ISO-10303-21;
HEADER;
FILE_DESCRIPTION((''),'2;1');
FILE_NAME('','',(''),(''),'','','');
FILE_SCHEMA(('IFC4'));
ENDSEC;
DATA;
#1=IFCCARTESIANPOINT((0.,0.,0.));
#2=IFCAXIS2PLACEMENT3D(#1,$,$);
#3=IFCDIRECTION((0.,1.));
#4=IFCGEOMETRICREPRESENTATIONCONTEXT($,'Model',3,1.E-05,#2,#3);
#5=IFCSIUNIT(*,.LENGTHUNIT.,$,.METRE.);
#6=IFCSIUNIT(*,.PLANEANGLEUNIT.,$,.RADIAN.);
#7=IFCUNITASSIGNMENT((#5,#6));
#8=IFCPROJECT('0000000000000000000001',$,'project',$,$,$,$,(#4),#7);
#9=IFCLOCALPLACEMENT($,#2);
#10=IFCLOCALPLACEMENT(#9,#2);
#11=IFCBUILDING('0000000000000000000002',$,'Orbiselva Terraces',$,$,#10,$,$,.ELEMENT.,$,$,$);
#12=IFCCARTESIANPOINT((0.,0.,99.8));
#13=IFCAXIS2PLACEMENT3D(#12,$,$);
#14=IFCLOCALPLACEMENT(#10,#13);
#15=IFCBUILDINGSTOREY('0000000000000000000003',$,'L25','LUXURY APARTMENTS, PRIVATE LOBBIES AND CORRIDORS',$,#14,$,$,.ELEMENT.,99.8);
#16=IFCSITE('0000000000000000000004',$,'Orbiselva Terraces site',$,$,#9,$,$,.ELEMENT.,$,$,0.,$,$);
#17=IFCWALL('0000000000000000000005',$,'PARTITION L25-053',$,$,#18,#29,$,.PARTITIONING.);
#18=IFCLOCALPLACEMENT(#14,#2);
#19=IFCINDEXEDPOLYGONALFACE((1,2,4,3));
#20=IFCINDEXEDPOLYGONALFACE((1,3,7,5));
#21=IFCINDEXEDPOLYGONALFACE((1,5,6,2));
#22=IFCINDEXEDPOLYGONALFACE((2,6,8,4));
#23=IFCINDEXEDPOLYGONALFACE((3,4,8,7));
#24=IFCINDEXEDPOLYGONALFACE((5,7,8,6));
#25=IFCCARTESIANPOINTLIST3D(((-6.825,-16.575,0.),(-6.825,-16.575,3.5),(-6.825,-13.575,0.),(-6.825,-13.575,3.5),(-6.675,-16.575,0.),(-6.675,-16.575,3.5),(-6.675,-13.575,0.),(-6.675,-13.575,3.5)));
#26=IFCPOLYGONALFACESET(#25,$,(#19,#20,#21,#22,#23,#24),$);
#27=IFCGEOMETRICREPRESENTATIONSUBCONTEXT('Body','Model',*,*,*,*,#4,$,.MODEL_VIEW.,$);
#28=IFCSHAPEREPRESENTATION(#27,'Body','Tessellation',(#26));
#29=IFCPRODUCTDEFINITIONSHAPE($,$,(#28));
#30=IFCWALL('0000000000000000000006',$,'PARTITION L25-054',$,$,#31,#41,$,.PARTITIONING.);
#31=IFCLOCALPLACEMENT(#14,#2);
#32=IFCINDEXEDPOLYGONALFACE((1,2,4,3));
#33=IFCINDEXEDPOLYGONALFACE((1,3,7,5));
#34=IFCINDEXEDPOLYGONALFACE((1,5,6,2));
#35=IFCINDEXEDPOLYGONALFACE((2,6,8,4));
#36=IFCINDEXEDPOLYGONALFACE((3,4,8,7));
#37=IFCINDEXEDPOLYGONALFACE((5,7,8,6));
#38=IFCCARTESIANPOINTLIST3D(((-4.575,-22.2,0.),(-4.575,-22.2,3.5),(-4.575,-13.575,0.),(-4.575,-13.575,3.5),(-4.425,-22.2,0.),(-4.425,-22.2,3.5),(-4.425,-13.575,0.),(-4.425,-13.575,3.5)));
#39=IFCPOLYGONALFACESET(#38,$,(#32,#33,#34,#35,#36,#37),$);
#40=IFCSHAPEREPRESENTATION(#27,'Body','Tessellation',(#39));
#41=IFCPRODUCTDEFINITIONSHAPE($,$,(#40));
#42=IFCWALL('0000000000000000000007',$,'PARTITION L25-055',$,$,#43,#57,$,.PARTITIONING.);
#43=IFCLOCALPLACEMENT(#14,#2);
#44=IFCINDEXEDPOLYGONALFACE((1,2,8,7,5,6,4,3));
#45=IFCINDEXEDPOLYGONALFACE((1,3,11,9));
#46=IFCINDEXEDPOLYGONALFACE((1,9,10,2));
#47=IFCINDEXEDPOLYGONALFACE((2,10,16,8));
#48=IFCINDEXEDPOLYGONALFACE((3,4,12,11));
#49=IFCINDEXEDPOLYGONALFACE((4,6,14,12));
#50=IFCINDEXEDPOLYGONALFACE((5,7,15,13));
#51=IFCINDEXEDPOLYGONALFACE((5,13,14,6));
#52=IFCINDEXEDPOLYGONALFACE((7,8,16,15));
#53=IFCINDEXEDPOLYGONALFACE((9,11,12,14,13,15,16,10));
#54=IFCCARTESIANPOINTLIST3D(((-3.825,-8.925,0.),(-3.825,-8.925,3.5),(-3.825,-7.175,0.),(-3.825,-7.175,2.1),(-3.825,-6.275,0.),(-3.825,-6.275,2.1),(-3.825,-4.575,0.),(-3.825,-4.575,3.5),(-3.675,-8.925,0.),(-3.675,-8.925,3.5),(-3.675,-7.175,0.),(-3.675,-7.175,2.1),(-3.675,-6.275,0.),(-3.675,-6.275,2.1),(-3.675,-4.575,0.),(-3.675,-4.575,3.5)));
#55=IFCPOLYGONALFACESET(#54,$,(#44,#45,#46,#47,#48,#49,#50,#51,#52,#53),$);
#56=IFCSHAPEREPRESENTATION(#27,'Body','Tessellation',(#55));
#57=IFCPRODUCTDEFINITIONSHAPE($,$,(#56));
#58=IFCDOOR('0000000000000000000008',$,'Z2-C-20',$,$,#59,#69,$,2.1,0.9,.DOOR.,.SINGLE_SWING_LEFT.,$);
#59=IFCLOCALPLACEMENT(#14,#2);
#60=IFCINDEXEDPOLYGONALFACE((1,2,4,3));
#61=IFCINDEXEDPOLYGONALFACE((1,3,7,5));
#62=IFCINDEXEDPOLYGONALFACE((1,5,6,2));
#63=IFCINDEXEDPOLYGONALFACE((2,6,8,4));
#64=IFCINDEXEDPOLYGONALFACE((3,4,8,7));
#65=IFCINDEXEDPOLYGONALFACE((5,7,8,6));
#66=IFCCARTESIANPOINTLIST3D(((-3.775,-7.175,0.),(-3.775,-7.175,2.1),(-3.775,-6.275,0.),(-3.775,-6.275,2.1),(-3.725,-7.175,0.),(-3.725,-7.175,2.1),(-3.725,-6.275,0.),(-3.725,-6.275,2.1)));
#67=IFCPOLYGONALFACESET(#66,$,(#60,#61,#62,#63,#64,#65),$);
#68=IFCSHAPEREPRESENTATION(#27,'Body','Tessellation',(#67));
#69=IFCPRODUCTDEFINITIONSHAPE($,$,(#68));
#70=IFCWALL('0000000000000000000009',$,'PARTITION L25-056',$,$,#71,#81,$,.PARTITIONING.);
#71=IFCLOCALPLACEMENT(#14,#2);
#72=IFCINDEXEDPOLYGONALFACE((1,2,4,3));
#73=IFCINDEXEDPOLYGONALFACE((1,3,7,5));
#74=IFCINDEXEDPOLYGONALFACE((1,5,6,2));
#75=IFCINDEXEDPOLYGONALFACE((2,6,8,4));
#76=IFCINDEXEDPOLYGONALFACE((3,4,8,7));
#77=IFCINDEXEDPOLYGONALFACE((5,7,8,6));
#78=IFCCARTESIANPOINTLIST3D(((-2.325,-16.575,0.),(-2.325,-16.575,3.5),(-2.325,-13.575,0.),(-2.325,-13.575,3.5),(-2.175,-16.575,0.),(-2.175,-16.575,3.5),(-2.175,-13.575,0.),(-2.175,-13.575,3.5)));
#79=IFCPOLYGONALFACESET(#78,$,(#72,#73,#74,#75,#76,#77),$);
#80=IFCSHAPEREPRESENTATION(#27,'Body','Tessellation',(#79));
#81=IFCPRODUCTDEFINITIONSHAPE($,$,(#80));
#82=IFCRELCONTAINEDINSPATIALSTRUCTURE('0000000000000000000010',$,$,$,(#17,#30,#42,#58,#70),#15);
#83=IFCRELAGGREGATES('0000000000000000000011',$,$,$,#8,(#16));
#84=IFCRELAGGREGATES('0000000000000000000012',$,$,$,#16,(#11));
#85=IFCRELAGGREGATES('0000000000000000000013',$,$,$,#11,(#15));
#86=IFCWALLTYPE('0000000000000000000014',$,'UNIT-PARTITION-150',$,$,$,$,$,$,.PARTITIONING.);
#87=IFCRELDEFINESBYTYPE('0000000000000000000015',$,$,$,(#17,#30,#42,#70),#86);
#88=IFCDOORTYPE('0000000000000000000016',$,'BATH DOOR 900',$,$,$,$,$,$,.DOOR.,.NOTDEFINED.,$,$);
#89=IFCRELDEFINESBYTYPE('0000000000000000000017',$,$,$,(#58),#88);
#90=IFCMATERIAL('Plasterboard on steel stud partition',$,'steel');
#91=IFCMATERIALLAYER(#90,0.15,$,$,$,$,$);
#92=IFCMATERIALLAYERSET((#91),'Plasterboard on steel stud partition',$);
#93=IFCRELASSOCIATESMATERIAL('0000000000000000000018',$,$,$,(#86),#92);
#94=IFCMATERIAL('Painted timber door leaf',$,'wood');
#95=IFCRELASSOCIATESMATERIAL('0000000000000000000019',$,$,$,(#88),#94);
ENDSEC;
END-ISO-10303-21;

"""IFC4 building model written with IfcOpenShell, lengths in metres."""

from ifc_helpers import new_model, si_unit, direction, frame, frame_2d, origin, place, context, subcontext, project, spatial, rectangle, extrude, material, layer, layer_set, type_object, element, fill, save


model = new_model("IFC4")

# Units and contexts
model_context = context("Model", 3, precision=1e-05, world=origin(), true_north=direction((0.0, 1.0)))
body_context = subcontext(model_context, "Body", "Model", "MODEL_VIEW")
ifc_project = project(units=[si_unit("LENGTHUNIT", "METRE"), si_unit("PLANEANGLEUNIT", "RADIAN")], contexts=[model_context])

# Site, building, storey
site_placement = place(None, origin())
site = spatial("IfcSite", under=ifc_project, at=site_placement, Name="Orbiselva Terraces site", CompositionType="ELEMENT", RefElevation=0.0)
building_placement = place(site_placement, origin())
building = spatial("IfcBuilding", under=site, at=building_placement, Name="Orbiselva Terraces", CompositionType="ELEMENT")
storey_placement = place(building_placement, frame((0.0, 0.0, 99.8)))
storey = spatial("IfcBuildingStorey", under=building, at=storey_placement, Name="L25", Description="LUXURY APARTMENTS, PRIVATE LOBBIES AND CORRIDORS", CompositionType="ELEMENT", Elevation=99.8)

# Shared definitions
ifc_material_1 = material(Name="Plasterboard on steel stud partition", Category="steel")
ifc_layer_1 = layer(ifc_material_1, 0.15)
ifc_layer_set_1 = layer_set([ifc_layer_1], Name="Plasterboard on steel stud partition")
wall_type_1 = type_object("IfcWallType", Name="UNIT-PARTITION-150", PredefinedType="PARTITIONING", material=ifc_layer_set_1)
ifc_material_2 = material(Name="Painted timber door leaf", Category="wood")
door_type_1 = type_object("IfcDoorType", Name="BATH DOOR 900", OperationType="NOTDEFINED", PredefinedType="DOOR", material=ifc_material_2)

# Walls
wall_1_placement = place(storey_placement, frame((-6.75, -16.575, 0.0), z_axis=(0.0, 0.0, 1.0), x_axis=(0.0, 1.0, 0.0)))
element("IfcWall", 1, at=wall_1_placement, inside=storey, type_object=wall_type_1, Name="PARTITION L25-053", PredefinedType="PARTITIONING", context=body_context, shape_type="SweptSolid", body=[
    extrude(rectangle(XDim=3.0, YDim=0.15, at=frame_2d((1.5, 0.0))), origin(), (0.0, 0.0, 1.0), 3.5),
])
wall_2_placement = place(storey_placement, frame((-4.5, -22.2, 0.0), z_axis=(0.0, 0.0, 1.0), x_axis=(0.0, 1.0, 0.0)))
element("IfcWall", 2, at=wall_2_placement, inside=storey, type_object=wall_type_1, Name="PARTITION L25-054", PredefinedType="PARTITIONING", context=body_context, shape_type="SweptSolid", body=[
    extrude(rectangle(XDim=8.625, YDim=0.15, at=frame_2d((4.3125, 0.0))), origin(), (0.0, 0.0, 1.0), 3.5),
])

# Wall, opening, door
wall_3_placement = place(storey_placement, frame((-3.75, -4.575, 0.0), z_axis=(0.0, 0.0, 1.0), x_axis=(0.0, -1.0, 0.0)))
wall_3 = element("IfcWall", 3, at=wall_3_placement, inside=storey, type_object=wall_type_1, Name="PARTITION L25-055", PredefinedType="PARTITIONING", context=body_context, shape_type="SweptSolid", body=[
    extrude(rectangle(XDim=4.35, YDim=0.15, at=frame_2d((2.175, 0.0))), origin(), (0.0, 0.0, 1.0), 3.5),
])
opening_1_placement = place(wall_3_placement, frame((1.7, 0.0, 0.0)))
opening_1 = element("IfcOpeningElement", 4, at=opening_1_placement, cuts=wall_3, PredefinedType="OPENING", context=body_context, shape_type="SweptSolid", body=[
    extrude(rectangle(XDim=0.9, YDim=2.1, at=frame_2d((0.45, 1.05))), frame((0.0, 0.085, 0.0), z_axis=(0.0, -1.0, 0.0), x_axis=(1.0, 0.0, 0.0)), (0.0, 0.0, 1.0), 0.17),
])
door_1_placement = place(opening_1_placement, origin())
door_1 = element("IfcDoor", 5, at=door_1_placement, inside=storey, type_object=door_type_1, Name="Z2-C-20", OperationType="SINGLE_SWING_LEFT", OverallHeight=2.1, OverallWidth=0.9, PredefinedType="DOOR", context=body_context, shape_type="SweptSolid", body=[
    extrude(rectangle(XDim=0.9, YDim=2.1, at=frame_2d((0.45, 1.05))), frame((0.0, 0.025, 0.0), z_axis=(0.0, -1.0, 0.0), x_axis=(1.0, 0.0, 0.0)), (0.0, 0.0, 1.0), 0.05),
])
fill(opening_1, door_1)

# Wall
wall_4_placement = place(storey_placement, frame((-2.25, -16.575, 0.0), z_axis=(0.0, 0.0, 1.0), x_axis=(0.0, 1.0, 0.0)))
element("IfcWall", 6, at=wall_4_placement, inside=storey, type_object=wall_type_1, Name="PARTITION L25-056", PredefinedType="PARTITIONING", context=body_context, shape_type="SweptSolid", body=[
    extrude(rectangle(XDim=3.0, YDim=0.15, at=frame_2d((1.5, 0.0))), origin(), (0.0, 0.0, 1.0), 3.5),
])

save(model, "model.ifc")
